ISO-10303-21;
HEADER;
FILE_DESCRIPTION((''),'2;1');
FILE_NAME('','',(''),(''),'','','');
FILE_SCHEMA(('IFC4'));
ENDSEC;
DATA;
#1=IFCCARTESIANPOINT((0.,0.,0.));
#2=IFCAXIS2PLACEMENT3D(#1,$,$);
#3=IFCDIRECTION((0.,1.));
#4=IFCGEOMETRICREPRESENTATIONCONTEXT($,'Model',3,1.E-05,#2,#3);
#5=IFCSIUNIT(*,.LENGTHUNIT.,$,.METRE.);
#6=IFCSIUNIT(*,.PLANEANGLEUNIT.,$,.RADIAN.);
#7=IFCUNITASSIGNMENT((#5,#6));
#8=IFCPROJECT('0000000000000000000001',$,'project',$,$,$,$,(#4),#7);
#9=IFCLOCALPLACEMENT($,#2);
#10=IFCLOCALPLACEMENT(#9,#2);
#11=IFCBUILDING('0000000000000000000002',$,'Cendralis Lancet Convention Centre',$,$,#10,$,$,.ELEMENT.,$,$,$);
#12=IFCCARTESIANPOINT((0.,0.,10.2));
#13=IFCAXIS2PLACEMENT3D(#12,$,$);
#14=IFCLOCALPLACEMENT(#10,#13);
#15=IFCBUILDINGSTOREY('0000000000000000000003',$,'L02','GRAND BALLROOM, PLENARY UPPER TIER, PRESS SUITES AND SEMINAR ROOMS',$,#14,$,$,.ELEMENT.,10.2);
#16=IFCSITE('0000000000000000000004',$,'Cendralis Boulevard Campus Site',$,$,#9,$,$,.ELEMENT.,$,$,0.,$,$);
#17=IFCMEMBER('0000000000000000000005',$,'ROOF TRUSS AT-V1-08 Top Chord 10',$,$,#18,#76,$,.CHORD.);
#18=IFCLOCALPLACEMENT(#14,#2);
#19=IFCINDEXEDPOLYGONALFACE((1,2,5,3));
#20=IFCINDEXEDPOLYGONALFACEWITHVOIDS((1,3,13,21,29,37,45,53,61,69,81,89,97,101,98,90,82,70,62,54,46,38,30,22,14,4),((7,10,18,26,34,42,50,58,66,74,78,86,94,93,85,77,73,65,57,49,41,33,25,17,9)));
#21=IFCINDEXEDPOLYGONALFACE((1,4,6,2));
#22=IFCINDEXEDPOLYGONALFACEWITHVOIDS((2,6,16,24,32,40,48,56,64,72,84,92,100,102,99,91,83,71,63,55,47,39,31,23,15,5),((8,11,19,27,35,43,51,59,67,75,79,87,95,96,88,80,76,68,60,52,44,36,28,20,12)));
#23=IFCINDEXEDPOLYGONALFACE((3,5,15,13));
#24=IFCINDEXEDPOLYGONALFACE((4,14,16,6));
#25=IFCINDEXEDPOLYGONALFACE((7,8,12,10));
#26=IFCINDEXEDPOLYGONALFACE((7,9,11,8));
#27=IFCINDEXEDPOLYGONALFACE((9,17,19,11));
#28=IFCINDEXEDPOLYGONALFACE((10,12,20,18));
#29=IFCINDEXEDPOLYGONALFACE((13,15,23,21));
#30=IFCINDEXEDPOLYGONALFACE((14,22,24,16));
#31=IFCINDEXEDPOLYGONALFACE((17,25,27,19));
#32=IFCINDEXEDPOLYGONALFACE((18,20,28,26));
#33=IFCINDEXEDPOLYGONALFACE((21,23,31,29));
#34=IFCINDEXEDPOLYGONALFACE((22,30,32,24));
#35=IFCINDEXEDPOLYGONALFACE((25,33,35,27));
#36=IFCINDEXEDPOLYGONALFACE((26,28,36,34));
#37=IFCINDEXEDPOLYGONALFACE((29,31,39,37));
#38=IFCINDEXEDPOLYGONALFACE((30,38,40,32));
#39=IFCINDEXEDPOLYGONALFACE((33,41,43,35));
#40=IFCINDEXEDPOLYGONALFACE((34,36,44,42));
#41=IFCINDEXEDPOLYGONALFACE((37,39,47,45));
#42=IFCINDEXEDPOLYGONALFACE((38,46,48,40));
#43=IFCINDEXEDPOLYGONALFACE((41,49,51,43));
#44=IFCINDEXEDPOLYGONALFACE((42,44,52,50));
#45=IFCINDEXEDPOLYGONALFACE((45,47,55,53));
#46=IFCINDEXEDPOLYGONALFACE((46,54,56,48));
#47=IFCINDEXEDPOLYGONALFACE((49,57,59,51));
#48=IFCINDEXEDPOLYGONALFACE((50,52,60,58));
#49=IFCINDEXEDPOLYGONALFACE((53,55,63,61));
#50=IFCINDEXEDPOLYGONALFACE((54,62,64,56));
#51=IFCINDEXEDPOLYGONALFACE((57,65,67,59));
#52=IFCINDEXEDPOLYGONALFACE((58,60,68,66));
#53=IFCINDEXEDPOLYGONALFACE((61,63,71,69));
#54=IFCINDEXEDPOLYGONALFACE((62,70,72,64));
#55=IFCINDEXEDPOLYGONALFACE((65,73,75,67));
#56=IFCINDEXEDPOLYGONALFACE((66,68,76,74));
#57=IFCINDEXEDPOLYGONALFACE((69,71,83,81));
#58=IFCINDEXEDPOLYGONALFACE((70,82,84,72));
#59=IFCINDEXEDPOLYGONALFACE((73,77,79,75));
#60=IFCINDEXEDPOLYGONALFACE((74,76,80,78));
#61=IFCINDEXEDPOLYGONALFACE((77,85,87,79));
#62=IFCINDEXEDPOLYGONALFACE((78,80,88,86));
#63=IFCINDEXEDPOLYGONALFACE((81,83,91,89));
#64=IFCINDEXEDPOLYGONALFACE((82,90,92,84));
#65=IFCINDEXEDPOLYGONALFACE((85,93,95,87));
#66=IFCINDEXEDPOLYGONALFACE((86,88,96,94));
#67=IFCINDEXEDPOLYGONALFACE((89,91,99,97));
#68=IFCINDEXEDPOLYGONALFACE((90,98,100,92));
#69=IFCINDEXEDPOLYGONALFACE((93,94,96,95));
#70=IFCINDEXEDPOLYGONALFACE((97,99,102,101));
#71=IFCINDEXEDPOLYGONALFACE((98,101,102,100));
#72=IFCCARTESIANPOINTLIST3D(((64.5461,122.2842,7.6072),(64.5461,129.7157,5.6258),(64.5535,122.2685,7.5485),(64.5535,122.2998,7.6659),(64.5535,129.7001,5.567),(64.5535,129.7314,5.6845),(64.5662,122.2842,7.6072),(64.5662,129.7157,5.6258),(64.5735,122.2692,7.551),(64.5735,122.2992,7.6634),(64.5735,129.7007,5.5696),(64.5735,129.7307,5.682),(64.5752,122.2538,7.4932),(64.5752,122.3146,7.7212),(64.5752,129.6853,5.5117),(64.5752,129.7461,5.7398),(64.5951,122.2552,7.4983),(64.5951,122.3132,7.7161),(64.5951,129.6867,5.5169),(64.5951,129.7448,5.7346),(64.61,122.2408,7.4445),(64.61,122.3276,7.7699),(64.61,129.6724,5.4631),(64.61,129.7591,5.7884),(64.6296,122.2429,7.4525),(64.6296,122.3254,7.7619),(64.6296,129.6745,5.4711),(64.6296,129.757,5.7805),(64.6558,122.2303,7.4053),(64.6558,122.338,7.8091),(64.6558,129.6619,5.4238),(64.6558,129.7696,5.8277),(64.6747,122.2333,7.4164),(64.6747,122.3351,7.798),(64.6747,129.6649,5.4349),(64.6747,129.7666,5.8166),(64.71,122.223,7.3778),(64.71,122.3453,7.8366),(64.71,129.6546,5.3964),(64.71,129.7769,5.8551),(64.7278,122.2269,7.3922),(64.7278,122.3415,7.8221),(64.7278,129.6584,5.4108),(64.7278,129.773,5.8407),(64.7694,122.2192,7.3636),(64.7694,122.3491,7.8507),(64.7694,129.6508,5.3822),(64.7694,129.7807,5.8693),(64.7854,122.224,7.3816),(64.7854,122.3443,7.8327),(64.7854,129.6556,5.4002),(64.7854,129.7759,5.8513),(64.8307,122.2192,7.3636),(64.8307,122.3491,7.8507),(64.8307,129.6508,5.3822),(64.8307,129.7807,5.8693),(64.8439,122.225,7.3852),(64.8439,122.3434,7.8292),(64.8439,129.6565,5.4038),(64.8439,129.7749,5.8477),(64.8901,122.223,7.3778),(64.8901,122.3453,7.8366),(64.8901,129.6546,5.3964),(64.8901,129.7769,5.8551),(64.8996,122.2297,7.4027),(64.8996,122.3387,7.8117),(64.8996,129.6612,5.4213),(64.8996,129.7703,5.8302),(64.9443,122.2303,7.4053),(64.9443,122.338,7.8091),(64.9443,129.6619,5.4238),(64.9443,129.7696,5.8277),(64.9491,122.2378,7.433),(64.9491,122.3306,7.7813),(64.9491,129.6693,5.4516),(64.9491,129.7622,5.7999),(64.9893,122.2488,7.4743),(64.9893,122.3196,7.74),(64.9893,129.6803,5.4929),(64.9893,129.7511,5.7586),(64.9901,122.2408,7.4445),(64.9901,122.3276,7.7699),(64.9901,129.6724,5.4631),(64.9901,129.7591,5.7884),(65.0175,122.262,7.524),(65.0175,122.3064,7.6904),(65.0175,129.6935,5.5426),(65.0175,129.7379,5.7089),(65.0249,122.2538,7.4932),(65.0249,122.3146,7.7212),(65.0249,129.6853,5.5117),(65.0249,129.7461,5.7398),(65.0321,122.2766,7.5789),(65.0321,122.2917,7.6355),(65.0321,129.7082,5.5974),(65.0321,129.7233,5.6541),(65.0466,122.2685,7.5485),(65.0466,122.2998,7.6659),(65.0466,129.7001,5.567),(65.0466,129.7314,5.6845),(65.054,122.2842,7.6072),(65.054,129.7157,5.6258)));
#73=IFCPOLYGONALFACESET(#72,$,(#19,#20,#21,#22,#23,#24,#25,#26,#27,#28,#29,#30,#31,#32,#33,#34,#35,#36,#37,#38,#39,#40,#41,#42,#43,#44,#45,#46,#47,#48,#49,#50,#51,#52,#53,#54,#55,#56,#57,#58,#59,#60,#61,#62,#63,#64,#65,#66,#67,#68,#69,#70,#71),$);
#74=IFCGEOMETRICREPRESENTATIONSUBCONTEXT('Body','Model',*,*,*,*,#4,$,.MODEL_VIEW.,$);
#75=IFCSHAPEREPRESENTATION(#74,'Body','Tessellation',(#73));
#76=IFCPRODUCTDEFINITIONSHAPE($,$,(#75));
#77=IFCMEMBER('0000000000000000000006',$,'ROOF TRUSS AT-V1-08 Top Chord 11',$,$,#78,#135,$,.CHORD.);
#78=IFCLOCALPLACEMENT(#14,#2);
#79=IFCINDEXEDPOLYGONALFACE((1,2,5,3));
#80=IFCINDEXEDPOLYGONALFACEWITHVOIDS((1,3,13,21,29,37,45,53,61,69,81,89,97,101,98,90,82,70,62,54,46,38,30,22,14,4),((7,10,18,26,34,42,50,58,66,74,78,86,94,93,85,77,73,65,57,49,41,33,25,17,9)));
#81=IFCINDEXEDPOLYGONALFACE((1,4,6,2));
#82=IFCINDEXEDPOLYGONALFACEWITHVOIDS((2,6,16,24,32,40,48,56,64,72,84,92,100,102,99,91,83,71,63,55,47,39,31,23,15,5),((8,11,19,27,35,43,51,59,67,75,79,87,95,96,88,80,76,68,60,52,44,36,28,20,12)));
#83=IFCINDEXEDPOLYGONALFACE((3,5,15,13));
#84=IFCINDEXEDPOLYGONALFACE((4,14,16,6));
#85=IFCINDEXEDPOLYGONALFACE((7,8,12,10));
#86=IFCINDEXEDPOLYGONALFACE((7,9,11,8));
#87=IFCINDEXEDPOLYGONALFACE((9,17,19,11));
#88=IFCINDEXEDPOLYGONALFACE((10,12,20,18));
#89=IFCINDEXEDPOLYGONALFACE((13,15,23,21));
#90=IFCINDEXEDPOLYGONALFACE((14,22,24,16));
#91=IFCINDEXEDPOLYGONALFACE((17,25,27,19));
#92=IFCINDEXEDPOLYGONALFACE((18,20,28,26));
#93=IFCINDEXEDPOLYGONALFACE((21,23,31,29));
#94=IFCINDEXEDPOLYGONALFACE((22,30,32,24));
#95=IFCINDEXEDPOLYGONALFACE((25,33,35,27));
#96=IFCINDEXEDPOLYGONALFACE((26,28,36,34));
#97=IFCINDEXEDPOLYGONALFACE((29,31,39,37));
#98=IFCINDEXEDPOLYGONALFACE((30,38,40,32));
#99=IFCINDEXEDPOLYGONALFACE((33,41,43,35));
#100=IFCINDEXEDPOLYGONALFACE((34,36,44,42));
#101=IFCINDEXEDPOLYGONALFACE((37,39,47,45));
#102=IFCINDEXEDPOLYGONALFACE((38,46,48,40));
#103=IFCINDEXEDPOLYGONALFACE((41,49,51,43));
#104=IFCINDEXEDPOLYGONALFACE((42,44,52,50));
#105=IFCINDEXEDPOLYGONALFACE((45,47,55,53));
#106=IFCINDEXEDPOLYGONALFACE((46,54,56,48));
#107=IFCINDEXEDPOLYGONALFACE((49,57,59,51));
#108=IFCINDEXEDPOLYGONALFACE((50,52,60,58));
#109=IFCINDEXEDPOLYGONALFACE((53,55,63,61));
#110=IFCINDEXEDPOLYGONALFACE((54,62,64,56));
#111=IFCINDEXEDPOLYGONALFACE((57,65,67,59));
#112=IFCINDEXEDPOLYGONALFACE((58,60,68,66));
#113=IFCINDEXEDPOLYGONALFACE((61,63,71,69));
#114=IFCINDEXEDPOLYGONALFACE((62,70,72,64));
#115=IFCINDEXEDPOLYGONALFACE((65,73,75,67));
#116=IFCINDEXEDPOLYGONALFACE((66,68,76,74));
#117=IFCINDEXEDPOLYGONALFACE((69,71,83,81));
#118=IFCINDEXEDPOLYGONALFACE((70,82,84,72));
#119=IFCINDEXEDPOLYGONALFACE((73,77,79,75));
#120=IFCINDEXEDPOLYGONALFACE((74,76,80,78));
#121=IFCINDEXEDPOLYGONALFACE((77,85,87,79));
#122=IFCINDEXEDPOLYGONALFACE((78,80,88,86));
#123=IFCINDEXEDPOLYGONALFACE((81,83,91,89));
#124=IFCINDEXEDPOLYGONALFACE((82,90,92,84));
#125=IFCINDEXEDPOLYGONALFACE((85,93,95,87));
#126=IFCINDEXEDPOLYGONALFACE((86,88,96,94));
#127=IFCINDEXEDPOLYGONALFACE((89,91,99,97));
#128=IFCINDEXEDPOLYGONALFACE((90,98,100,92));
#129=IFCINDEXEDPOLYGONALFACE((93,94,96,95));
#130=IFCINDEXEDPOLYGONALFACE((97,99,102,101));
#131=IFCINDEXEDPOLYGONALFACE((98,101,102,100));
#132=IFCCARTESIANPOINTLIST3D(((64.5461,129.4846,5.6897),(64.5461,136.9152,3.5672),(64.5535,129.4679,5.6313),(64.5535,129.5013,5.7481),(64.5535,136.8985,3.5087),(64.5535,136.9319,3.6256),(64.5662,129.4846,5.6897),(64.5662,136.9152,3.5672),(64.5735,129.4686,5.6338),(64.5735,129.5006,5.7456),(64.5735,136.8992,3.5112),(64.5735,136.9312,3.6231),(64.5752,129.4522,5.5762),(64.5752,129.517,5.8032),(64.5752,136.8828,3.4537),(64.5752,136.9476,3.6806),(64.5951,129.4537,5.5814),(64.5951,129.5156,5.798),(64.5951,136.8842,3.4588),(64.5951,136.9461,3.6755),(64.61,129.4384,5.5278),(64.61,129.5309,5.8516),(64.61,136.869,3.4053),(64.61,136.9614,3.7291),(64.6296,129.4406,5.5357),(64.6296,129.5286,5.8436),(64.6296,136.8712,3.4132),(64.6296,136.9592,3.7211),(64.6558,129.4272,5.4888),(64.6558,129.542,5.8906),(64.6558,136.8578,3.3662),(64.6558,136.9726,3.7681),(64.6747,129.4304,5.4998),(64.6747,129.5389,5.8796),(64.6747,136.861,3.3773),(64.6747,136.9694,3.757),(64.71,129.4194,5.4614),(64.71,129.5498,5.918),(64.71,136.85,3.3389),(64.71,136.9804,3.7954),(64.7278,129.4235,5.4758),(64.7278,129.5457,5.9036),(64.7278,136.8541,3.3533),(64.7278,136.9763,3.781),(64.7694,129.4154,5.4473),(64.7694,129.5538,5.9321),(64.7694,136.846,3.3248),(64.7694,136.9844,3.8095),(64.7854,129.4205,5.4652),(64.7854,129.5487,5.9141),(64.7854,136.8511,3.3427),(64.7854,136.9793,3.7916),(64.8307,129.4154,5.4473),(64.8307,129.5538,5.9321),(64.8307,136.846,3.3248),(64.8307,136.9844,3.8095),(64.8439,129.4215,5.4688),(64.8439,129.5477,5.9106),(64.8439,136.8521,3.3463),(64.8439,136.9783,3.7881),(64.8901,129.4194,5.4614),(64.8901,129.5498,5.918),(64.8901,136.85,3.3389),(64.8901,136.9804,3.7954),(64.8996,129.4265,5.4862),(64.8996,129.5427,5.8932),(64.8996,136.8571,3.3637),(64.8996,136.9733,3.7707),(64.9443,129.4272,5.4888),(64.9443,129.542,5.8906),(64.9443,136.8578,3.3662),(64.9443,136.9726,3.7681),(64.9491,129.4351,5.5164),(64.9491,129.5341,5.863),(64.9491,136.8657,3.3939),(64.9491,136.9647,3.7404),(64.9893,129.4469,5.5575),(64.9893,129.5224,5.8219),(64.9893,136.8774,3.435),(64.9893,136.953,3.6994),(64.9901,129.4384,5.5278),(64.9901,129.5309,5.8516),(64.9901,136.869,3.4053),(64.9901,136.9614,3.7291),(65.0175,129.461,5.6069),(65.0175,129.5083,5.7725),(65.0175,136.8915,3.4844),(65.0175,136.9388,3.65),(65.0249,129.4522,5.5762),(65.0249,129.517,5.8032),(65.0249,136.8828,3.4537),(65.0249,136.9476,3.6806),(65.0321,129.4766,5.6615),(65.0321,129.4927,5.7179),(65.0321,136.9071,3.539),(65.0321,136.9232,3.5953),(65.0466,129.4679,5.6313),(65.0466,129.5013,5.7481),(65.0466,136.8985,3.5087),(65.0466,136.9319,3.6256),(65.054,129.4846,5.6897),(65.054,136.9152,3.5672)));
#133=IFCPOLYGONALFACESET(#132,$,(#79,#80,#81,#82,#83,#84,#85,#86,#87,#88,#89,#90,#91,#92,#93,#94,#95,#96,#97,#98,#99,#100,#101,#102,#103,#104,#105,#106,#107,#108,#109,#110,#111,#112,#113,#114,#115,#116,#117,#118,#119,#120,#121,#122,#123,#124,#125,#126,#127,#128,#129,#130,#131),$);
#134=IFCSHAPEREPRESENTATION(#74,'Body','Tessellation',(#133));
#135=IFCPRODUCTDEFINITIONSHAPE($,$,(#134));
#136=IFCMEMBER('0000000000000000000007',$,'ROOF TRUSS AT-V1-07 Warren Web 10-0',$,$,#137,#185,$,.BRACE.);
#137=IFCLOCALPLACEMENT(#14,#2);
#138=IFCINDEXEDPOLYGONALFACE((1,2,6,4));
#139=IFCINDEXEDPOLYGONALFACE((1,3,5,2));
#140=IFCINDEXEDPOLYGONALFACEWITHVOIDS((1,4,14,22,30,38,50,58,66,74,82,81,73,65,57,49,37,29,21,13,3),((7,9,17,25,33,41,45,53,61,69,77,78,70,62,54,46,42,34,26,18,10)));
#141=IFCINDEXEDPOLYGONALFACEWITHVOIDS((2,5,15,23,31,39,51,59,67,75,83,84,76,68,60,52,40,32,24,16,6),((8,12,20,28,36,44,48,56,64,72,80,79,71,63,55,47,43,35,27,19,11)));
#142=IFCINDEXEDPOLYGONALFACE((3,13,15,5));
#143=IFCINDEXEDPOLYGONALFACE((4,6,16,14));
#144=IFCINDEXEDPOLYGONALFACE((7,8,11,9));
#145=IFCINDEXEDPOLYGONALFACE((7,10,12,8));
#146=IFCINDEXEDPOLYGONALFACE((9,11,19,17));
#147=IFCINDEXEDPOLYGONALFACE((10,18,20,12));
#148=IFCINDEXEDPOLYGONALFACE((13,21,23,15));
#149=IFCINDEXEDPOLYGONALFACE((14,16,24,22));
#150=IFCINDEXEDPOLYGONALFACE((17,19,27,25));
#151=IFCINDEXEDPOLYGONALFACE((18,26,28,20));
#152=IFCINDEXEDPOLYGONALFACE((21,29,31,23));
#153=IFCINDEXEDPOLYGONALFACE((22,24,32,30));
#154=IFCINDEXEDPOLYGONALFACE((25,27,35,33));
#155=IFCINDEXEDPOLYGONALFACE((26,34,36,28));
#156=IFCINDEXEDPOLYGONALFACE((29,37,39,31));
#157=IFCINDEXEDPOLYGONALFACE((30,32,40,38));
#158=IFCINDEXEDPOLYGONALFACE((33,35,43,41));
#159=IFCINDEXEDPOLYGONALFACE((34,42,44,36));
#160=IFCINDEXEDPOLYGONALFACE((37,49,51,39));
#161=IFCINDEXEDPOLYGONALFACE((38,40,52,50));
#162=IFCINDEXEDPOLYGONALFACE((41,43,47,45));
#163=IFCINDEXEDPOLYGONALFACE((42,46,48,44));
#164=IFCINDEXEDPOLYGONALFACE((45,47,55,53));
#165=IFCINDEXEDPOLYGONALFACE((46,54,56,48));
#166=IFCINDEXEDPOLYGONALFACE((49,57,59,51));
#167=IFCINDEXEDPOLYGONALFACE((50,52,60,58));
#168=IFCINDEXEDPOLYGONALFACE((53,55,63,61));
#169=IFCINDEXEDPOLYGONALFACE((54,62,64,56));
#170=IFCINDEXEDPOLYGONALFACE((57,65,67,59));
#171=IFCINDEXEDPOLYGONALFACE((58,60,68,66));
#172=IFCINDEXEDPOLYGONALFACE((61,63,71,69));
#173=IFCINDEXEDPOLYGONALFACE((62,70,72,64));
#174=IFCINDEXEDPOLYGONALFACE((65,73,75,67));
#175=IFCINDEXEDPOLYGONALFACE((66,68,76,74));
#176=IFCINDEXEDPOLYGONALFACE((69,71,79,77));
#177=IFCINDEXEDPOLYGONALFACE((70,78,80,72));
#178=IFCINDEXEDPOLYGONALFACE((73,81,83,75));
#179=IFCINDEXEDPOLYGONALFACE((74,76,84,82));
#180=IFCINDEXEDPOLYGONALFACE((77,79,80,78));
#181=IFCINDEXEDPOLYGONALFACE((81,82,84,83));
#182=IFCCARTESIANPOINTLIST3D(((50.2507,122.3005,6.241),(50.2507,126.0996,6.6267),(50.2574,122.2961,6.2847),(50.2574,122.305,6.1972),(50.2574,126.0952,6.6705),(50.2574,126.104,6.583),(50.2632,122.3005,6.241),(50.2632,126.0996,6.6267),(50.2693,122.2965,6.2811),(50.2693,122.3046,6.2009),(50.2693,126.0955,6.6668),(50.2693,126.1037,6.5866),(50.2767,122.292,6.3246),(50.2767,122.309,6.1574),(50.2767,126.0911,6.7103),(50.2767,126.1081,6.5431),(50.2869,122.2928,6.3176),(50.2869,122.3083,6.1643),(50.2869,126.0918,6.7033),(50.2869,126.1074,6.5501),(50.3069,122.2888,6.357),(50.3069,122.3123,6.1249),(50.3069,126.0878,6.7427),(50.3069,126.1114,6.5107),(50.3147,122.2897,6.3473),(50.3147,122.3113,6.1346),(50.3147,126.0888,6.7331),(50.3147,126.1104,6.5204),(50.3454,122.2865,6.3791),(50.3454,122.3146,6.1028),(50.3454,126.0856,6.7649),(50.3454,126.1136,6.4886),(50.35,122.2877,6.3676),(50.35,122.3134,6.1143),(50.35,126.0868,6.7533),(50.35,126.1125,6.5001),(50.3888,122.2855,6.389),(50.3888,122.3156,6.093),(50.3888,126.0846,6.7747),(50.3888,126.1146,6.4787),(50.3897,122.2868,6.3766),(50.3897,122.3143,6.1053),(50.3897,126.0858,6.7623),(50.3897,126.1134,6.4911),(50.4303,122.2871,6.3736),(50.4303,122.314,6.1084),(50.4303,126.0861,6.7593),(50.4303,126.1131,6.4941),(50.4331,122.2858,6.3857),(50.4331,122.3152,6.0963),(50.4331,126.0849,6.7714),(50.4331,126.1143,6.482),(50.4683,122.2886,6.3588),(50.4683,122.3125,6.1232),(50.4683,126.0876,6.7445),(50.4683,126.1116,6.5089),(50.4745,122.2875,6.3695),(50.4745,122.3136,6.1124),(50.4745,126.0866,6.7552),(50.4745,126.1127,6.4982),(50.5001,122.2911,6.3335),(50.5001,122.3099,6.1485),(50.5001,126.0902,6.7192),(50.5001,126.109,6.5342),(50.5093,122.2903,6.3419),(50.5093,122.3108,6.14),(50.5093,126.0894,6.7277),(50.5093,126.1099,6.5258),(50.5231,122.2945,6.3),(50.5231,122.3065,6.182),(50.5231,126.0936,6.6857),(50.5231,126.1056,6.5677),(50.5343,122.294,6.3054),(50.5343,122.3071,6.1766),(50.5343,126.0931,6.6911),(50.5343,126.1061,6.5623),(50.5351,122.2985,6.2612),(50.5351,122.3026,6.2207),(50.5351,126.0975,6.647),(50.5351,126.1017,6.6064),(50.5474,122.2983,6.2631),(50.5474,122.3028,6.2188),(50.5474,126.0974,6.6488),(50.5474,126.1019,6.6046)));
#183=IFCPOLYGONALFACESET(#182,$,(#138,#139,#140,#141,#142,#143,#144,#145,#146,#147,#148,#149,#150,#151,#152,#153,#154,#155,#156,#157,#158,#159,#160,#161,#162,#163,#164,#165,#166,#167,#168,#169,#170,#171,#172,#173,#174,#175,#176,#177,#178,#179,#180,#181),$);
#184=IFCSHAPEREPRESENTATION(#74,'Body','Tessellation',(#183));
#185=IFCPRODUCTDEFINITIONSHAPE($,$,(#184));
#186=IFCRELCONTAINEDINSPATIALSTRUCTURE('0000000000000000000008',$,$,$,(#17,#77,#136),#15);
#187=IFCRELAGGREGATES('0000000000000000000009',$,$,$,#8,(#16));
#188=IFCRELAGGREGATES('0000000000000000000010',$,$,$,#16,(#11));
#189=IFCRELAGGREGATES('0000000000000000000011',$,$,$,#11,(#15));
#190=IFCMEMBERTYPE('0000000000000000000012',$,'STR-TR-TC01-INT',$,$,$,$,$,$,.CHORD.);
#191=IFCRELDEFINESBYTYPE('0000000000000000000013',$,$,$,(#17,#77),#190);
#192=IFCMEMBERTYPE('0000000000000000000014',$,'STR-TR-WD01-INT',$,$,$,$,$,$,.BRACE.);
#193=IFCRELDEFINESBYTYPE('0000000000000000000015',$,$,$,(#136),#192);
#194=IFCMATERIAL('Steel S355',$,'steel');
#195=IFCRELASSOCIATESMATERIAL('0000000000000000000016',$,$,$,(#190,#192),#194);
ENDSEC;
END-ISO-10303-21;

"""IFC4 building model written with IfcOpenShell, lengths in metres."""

from ifc_helpers import new_model, si_unit, direction, frame, origin, origin_2d, place, context, subcontext, project, spatial, hollow_circle, extrude, material, material_profile, profile_set, type_object, element, save


model = new_model("IFC4")

# Units and contexts
model_context = context("Model", 3, precision=1e-05, world=origin(), true_north=direction((0.0, 1.0)))
body_context = subcontext(model_context, "Body", "Model", "MODEL_VIEW")
ifc_project = project(units=[si_unit("LENGTHUNIT", "METRE"), si_unit("PLANEANGLEUNIT", "RADIAN")], contexts=[model_context])

# Site, building, storey
site_placement = place(None, origin())
site = spatial("IfcSite", under=ifc_project, at=site_placement, Name="Cendralis Boulevard Campus Site", CompositionType="ELEMENT", RefElevation=0.0)
building_placement = place(site_placement, origin())
building = spatial("IfcBuilding", under=site, at=building_placement, Name="Cendralis Lancet Convention Centre", CompositionType="ELEMENT")
storey_placement = place(building_placement, frame((0.0, 0.0, 10.2)))
storey = spatial("IfcBuildingStorey", under=building, at=storey_placement, Name="L02", Description="GRAND BALLROOM, PLENARY UPPER TIER, PRESS SUITES AND SEMINAR ROOMS", CompositionType="ELEMENT", Elevation=10.2)

# Members
ifc_material_1 = material(Name="Steel S355", Category="steel")
ifc_material_profile_1 = material_profile(ifc_material_1, hollow_circle(Radius=0.2539, WallThickness=0.02, at=origin_2d()), Name="CHS 508.0x20.0")
ifc_profile_set_1 = profile_set([ifc_material_profile_1], Name="Steel S355")
member_type_1 = type_object("IfcMemberType", Name="STR-TR-TC01-INT", PredefinedType="CHORD", material=ifc_profile_set_1)
member_1_placement = place(storey_placement, frame((64.8, 122.2842, 7.6072), z_axis=(0.0, 0.966245, -0.257623), x_axis=(-1.0, 0.0, 0.0)))
element("IfcMember", 1, at=member_1_placement, inside=storey, type_object=member_type_1, Name="ROOF TRUSS AT-V1-08 Top Chord 10", PredefinedType="CHORD", context=body_context, shape_type="SweptSolid", body=[
    extrude(hollow_circle(Radius=0.2539, WallThickness=0.02, at=origin_2d()), origin(), (0.0, 0.0, 1.0), 7.6912),
])
member_2_placement = place(storey_placement, frame((64.8, 129.4846, 5.6897), z_axis=(0.0, 0.961541, -0.274663), x_axis=(-1.0, 0.0, 0.0)))
element("IfcMember", 2, at=member_2_placement, inside=storey, type_object=member_type_1, Name="ROOF TRUSS AT-V1-08 Top Chord 11", PredefinedType="CHORD", context=body_context, shape_type="SweptSolid", body=[
    extrude(hollow_circle(Radius=0.2539, WallThickness=0.02, at=origin_2d()), origin(), (0.0, 0.0, 1.0), 7.7278),
])
ifc_material_profile_2 = material_profile(ifc_material_1, hollow_circle(Radius=0.1492, WallThickness=0.0125, at=origin_2d()), Name="CHS 298.5x12.5")
ifc_profile_set_2 = profile_set([ifc_material_profile_2], Name="Steel S355")
member_type_2 = type_object("IfcMemberType", Name="STR-TR-WD01-INT", PredefinedType="BRACE", material=ifc_profile_set_2)
member_3_placement = place(storey_placement, frame((50.3999, 122.3005, 6.241), z_axis=(0.0, 0.994885, 0.101017), x_axis=(-1.0, 0.0, 0.0)))
element("IfcMember", 3, at=member_3_placement, inside=storey, type_object=member_type_2, Name="ROOF TRUSS AT-V1-07 Warren Web 10-0", PredefinedType="BRACE", context=body_context, shape_type="SweptSolid", body=[
    extrude(hollow_circle(Radius=0.1492, WallThickness=0.0125, at=origin_2d()), origin(), (0.0, 0.0, 1.0), 3.8186),
])

save(model, "model.ifc")
